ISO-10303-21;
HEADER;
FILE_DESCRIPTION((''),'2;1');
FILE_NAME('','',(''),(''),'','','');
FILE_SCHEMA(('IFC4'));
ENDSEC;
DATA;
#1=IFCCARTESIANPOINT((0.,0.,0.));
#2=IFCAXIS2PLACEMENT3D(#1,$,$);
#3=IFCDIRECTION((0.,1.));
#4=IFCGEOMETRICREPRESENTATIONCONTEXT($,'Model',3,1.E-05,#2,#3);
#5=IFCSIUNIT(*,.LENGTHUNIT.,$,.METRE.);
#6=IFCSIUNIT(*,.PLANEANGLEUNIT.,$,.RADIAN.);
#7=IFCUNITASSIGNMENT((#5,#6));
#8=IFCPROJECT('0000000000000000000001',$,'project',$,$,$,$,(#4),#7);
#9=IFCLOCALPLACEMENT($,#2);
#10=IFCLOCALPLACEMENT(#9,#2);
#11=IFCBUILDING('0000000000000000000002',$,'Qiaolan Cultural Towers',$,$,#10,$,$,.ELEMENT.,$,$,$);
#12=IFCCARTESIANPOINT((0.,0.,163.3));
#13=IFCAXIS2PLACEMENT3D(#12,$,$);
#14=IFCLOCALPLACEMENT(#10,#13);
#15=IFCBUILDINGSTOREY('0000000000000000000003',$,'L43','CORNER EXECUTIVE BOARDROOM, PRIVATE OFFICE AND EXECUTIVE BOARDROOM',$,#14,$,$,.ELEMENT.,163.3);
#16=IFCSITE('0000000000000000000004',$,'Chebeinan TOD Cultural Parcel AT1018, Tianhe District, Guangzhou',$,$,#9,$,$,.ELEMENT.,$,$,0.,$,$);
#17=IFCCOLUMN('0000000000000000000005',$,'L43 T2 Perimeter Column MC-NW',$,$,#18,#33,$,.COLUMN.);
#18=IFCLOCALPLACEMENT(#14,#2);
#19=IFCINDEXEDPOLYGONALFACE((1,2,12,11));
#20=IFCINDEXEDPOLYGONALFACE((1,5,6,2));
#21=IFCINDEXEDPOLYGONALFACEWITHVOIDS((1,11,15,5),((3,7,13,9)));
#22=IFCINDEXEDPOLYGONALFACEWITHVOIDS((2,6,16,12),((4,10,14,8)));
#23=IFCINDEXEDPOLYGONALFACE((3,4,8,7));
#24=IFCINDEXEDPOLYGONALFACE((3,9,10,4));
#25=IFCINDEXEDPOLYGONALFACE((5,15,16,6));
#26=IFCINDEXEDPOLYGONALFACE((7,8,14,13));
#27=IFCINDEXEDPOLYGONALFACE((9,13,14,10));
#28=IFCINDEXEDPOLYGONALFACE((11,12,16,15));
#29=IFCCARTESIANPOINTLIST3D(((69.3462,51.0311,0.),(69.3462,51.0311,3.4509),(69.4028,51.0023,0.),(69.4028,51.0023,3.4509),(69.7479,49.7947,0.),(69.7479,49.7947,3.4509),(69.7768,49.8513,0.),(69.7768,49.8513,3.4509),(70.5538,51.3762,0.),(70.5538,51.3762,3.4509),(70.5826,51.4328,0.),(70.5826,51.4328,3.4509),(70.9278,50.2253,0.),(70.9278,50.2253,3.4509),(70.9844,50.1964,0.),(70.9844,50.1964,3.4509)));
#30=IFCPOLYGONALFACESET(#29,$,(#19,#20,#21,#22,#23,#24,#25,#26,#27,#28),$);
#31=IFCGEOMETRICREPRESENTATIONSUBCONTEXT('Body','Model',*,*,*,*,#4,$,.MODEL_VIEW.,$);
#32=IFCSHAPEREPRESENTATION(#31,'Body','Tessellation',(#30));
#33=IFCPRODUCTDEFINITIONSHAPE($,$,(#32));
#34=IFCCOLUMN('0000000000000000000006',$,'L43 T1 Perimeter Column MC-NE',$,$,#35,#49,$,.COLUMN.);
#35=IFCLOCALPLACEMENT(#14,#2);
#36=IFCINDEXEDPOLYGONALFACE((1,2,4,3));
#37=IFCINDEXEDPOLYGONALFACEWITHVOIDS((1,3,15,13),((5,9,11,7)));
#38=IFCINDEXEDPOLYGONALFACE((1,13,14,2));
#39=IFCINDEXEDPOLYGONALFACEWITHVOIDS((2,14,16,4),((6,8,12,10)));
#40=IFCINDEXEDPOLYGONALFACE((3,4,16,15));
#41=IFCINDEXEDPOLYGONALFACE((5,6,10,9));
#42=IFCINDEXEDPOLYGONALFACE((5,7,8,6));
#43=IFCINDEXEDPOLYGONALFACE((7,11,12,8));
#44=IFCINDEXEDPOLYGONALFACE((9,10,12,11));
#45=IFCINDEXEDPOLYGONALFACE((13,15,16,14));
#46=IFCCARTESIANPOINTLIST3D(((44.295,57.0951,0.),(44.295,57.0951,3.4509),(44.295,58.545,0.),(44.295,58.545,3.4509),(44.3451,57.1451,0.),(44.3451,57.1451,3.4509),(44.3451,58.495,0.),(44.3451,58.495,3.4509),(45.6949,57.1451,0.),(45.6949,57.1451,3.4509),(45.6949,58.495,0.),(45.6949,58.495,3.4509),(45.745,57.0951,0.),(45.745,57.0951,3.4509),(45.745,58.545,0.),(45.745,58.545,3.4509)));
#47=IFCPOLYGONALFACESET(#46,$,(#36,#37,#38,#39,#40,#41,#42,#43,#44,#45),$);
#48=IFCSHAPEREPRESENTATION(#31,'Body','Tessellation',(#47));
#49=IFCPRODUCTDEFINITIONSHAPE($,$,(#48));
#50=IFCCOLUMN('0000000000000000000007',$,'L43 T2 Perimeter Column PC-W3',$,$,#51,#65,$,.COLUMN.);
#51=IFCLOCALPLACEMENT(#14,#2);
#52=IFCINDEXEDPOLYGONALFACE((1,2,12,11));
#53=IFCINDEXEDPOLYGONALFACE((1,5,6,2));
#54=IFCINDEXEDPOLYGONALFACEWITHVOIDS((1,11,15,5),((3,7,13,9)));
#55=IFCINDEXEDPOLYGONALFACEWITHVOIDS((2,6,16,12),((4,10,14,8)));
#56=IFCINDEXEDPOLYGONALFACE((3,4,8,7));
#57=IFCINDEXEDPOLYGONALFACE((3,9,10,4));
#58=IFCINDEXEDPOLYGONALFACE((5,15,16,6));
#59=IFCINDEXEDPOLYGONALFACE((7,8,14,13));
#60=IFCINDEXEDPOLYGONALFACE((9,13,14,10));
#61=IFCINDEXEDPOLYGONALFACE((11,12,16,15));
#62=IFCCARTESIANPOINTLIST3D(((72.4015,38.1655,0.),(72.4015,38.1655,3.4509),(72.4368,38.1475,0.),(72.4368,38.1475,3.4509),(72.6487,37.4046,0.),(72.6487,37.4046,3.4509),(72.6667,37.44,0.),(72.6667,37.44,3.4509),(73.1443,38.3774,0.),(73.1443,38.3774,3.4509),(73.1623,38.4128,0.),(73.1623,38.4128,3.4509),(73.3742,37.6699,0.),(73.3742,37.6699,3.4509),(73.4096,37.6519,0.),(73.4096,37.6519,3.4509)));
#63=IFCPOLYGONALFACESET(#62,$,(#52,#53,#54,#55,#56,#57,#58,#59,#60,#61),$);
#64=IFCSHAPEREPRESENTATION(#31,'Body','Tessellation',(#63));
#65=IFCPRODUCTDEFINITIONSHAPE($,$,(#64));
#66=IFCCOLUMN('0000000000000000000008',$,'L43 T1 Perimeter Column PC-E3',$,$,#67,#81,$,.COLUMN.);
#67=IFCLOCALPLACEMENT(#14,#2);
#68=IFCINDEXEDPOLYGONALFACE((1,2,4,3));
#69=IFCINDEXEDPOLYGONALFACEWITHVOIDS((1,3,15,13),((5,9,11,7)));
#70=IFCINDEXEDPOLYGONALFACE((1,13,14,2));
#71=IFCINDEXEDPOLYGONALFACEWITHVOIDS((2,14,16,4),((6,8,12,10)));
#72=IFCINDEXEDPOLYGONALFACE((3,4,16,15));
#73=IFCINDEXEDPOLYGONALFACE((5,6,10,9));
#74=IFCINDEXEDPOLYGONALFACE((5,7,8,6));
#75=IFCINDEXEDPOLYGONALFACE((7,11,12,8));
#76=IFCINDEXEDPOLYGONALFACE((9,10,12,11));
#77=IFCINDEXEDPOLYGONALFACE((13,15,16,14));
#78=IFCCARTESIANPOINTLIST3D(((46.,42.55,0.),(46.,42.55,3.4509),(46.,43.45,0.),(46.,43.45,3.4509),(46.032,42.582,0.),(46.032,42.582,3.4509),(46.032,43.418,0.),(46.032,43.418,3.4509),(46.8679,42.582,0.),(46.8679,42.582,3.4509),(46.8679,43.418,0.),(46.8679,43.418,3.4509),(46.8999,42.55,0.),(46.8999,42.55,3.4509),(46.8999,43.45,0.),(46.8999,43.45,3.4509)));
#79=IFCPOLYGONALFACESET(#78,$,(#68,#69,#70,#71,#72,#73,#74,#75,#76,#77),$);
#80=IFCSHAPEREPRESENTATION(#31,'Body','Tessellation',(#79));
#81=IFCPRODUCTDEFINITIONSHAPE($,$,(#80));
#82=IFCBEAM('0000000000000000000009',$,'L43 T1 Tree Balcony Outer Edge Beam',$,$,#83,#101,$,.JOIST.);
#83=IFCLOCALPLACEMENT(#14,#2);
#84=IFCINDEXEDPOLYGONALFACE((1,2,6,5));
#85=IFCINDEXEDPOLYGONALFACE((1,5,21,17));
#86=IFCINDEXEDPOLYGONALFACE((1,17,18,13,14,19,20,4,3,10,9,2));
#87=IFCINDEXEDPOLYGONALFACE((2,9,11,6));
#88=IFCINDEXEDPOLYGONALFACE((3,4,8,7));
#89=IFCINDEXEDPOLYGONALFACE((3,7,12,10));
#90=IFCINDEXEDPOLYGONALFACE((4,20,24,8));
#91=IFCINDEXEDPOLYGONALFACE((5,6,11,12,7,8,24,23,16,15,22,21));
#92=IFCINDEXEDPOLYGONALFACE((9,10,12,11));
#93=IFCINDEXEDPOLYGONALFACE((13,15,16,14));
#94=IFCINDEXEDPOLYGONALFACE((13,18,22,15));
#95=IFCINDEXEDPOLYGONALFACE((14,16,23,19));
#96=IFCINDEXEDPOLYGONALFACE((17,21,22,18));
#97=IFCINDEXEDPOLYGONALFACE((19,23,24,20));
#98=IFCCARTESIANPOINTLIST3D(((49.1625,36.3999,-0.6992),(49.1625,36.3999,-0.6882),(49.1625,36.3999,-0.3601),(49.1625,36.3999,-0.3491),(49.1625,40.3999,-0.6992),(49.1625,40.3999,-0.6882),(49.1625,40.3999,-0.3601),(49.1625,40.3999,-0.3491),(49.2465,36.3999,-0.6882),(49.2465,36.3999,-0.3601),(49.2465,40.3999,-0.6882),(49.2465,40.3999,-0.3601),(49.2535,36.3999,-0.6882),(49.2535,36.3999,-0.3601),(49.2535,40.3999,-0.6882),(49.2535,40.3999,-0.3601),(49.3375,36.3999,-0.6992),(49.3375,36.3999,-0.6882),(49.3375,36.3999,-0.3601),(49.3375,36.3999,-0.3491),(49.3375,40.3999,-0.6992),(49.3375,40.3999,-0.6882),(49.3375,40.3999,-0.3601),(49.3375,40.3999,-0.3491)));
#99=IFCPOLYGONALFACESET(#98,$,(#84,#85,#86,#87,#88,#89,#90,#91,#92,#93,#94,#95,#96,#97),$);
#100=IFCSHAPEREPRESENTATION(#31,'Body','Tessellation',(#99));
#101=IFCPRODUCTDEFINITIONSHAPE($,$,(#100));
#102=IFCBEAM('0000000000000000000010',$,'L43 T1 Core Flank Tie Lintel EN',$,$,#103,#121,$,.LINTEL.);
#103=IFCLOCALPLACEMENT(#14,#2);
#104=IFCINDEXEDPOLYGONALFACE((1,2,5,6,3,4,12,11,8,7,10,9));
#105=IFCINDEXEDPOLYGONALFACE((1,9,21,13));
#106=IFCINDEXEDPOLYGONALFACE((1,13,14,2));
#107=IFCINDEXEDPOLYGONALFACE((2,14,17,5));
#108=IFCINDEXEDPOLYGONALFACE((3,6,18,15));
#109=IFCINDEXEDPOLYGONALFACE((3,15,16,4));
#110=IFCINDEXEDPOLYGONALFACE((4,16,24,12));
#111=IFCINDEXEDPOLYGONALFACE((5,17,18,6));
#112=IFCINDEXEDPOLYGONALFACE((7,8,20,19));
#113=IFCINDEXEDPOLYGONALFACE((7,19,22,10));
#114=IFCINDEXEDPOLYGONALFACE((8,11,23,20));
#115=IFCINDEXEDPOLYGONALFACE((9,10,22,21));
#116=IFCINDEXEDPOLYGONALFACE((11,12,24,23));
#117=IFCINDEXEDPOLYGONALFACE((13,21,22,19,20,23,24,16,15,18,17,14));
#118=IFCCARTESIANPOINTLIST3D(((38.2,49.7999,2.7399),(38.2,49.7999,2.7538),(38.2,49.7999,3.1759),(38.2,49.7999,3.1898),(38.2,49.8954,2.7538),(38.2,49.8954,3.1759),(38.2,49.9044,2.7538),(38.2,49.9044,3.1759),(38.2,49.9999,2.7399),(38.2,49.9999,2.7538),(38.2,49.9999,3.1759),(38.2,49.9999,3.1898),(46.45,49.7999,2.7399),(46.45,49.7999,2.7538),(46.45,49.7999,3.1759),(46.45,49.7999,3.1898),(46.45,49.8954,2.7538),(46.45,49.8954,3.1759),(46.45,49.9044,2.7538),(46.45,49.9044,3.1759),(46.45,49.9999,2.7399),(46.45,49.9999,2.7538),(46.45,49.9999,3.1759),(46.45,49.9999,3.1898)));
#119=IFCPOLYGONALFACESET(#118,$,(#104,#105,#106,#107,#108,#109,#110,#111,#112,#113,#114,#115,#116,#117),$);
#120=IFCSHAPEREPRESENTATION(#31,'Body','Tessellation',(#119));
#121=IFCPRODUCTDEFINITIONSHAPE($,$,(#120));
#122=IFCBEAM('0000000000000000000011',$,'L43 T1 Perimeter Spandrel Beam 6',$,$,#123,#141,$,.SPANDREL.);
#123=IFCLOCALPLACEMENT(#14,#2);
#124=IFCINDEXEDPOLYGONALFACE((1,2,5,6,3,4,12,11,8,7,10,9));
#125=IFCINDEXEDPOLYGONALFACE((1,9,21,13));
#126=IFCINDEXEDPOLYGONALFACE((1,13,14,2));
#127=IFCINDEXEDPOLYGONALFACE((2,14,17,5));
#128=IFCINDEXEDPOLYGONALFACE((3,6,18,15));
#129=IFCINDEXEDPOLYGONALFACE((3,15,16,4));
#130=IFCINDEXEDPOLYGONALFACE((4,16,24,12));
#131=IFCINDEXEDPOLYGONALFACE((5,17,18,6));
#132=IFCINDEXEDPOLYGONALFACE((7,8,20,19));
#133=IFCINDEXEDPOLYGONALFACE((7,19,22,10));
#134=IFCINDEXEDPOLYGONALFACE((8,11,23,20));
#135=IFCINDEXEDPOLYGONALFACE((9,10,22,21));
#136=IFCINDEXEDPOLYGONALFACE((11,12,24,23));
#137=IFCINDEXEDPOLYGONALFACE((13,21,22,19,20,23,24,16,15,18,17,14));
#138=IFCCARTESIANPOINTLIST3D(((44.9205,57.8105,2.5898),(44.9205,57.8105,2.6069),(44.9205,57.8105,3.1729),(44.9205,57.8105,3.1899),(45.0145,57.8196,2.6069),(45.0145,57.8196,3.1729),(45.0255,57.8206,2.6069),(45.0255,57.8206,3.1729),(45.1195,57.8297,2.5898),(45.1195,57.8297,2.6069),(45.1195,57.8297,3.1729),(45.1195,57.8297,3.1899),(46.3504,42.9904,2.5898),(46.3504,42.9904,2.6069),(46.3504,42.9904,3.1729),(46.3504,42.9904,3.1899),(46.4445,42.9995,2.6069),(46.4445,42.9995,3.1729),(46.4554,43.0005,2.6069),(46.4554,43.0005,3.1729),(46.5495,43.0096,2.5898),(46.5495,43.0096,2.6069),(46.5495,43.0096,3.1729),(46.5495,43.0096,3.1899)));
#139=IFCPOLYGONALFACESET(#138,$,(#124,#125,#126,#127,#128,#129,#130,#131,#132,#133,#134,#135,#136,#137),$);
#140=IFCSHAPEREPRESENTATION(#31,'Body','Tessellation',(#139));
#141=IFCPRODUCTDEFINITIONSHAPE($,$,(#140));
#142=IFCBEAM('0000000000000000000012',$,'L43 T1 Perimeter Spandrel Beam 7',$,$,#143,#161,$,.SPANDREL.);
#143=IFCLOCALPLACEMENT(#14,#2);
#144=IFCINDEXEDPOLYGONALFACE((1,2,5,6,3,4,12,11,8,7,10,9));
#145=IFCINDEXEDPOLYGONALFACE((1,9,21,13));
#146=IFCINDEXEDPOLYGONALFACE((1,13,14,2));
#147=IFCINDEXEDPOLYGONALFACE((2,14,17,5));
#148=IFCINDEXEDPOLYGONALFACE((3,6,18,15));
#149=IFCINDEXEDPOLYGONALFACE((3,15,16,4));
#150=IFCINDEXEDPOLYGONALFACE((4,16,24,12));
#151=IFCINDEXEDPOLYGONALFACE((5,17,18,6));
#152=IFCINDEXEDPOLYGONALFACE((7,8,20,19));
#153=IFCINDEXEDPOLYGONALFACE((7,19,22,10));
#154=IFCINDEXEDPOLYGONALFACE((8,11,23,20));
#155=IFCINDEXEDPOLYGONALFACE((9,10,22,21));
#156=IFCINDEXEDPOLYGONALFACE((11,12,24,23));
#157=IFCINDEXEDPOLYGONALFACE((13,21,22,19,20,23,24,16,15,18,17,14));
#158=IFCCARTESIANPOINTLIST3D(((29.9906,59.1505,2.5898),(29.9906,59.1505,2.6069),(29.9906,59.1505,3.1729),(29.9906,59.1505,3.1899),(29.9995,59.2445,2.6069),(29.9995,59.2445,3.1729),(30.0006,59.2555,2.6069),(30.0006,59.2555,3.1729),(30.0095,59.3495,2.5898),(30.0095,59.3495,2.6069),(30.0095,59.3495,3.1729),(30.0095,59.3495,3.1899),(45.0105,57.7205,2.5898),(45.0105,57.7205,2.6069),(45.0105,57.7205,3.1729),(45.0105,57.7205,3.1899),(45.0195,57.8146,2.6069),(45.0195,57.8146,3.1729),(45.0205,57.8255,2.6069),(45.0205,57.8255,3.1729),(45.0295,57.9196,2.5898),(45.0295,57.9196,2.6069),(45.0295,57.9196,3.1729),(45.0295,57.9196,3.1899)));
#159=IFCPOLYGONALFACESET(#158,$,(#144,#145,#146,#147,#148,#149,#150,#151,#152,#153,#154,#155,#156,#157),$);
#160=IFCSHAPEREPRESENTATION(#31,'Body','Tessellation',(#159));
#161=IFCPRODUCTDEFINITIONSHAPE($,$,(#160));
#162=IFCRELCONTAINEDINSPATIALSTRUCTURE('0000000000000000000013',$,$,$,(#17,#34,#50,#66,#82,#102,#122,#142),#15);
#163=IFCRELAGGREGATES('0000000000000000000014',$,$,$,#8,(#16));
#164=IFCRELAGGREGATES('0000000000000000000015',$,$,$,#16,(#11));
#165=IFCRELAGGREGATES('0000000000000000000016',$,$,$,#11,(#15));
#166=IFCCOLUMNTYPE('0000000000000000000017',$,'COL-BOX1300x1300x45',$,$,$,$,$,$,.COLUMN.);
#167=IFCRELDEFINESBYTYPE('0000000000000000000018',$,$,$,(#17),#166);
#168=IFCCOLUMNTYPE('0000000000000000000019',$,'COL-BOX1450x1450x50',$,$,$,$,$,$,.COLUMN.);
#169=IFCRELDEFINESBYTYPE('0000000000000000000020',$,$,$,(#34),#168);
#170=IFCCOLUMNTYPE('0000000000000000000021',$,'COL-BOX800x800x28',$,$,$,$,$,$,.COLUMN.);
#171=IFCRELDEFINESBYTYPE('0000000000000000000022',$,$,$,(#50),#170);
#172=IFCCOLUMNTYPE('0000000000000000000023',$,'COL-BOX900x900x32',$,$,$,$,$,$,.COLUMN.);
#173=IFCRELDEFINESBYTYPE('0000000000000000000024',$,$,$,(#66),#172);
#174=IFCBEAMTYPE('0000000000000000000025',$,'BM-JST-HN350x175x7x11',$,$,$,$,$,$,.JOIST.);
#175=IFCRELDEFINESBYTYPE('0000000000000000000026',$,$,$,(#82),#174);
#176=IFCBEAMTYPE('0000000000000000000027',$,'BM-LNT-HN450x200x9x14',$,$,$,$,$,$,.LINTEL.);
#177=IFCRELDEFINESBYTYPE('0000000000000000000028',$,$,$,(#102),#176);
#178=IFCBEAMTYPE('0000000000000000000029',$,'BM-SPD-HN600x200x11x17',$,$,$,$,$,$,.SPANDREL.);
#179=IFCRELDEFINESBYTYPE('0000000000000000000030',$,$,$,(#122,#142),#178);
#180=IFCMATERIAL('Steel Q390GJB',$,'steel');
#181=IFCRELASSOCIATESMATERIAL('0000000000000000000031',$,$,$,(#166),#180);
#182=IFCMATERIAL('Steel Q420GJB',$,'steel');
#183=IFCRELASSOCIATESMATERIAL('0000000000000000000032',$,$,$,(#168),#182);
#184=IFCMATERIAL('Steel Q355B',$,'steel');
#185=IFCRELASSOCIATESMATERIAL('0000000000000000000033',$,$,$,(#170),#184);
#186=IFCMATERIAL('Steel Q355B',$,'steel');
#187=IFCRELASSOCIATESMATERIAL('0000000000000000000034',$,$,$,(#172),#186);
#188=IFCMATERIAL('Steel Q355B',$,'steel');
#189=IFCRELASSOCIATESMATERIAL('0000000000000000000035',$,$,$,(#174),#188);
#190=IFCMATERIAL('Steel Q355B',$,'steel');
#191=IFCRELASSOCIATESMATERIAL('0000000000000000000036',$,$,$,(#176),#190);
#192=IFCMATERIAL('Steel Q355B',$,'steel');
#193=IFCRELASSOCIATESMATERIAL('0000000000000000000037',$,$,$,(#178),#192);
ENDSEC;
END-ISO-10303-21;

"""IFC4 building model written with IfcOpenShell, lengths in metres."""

from ifc_helpers import new_model, si_unit, direction, frame, origin, origin_2d, place, context, subcontext, project, spatial, hollow_rectangle, i_section, extrude, material, material_profile, profile_set, type_object, element, save


model = new_model("IFC4")

# Units and contexts
model_context = context("Model", 3, precision=1e-05, world=origin(), true_north=direction((0.0, 1.0)))
body_context = subcontext(model_context, "Body", "Model", "MODEL_VIEW")
ifc_project = project(units=[si_unit("LENGTHUNIT", "METRE"), si_unit("PLANEANGLEUNIT", "RADIAN")], contexts=[model_context])

# Site, building, storey
site_placement = place(None, origin())
site = spatial("IfcSite", under=ifc_project, at=site_placement, Name="Chebeinan TOD Cultural Parcel AT1018, Tianhe District, Guangzhou", CompositionType="ELEMENT", RefElevation=0.0)
building_placement = place(site_placement, origin())
building = spatial("IfcBuilding", under=site, at=building_placement, Name="Qiaolan Cultural Towers", CompositionType="ELEMENT")
storey_placement = place(building_placement, frame((0.0, 0.0, 163.3)))
storey = spatial("IfcBuildingStorey", under=building, at=storey_placement, Name="L43", Description="CORNER EXECUTIVE BOARDROOM, PRIVATE OFFICE AND EXECUTIVE BOARDROOM", CompositionType="ELEMENT", Elevation=163.3)

# Columns
ifc_material_1 = material(Name="Steel Q390GJB", Category="steel")
ifc_material_profile_1 = material_profile(ifc_material_1, hollow_rectangle(XDim=1.3, YDim=1.3, WallThickness=0.0449, at=origin_2d()), Name="BOX1300x1300x45")
ifc_profile_set_1 = profile_set([ifc_material_profile_1], Name="Steel Q390GJB")
column_type_1 = type_object("IfcColumnType", Name="COL-BOX1300x1300x45", PredefinedType="COLUMN", material=ifc_profile_set_1)
column_1_placement = place(storey_placement, frame((70.1653, 50.6138, 0.0), z_axis=(0.0, 0.0, 1.0), x_axis=(0.951057, 0.309017, 0.0)))
element("IfcColumn", 1, at=column_1_placement, inside=storey, type_object=column_type_1, Name="L43 T2 Perimeter Column MC-NW", PredefinedType="COLUMN", context=body_context, shape_type="SweptSolid", body=[
    extrude(hollow_rectangle(XDim=1.3, YDim=1.3, WallThickness=0.0449, at=origin_2d()), origin(), (0.0, 0.0, 1.0), 3.4509),
])
ifc_material_2 = material(Name="Steel Q420GJB", Category="steel")
ifc_material_profile_2 = material_profile(ifc_material_2, hollow_rectangle(XDim=1.45, YDim=1.45, WallThickness=0.05, at=origin_2d()), Name="BOX1450x1450x50")
ifc_profile_set_2 = profile_set([ifc_material_profile_2], Name="Steel Q420GJB")
column_type_2 = type_object("IfcColumnType", Name="COL-BOX1450x1450x50", PredefinedType="COLUMN", material=ifc_profile_set_2)
column_2_placement = place(storey_placement, frame((45.02, 57.8201, 0.0), z_axis=(0.0, 0.0, 1.0), x_axis=(1.0, 0.0, 0.0)))
element("IfcColumn", 2, at=column_2_placement, inside=storey, type_object=column_type_2, Name="L43 T1 Perimeter Column MC-NE", PredefinedType="COLUMN", context=body_context, shape_type="SweptSolid", body=[
    extrude(hollow_rectangle(XDim=1.45, YDim=1.45, WallThickness=0.05, at=origin_2d()), origin(), (0.0, 0.0, 1.0), 3.4509),
])
ifc_material_3 = material(Name="Steel Q355B", Category="steel")
ifc_material_profile_3 = material_profile(ifc_material_3, hollow_rectangle(XDim=0.8, YDim=0.8, WallThickness=0.0281, at=origin_2d()), Name="BOX800x800x28")
ifc_profile_set_3 = profile_set([ifc_material_profile_3], Name="Steel Q355B")
column_type_3 = type_object("IfcColumnType", Name="COL-BOX800x800x28", PredefinedType="COLUMN", material=ifc_profile_set_3)
column_3_placement = place(storey_placement, frame((72.9055, 37.9087, 0.0), z_axis=(0.0, 0.0, 1.0), x_axis=(0.951057, 0.309017, 0.0)))
element("IfcColumn", 3, at=column_3_placement, inside=storey, type_object=column_type_3, Name="L43 T2 Perimeter Column PC-W3", PredefinedType="COLUMN", context=body_context, shape_type="SweptSolid", body=[
    extrude(hollow_rectangle(XDim=0.8, YDim=0.8, WallThickness=0.0281, at=origin_2d()), origin(), (0.0, 0.0, 1.0), 3.4509),
])
ifc_material_4 = material(Name="Steel Q355B", Category="steel")
ifc_material_profile_4 = material_profile(ifc_material_4, hollow_rectangle(XDim=0.8999, YDim=0.8999, WallThickness=0.032, at=origin_2d()), Name="BOX900x900x32")
ifc_profile_set_4 = profile_set([ifc_material_profile_4], Name="Steel Q355B")
column_type_4 = type_object("IfcColumnType", Name="COL-BOX900x900x32", PredefinedType="COLUMN", material=ifc_profile_set_4)
column_4_placement = place(storey_placement, frame((46.45, 43.0, 0.0), z_axis=(0.0, 0.0, 1.0), x_axis=(1.0, 0.0, 0.0)))
element("IfcColumn", 4, at=column_4_placement, inside=storey, type_object=column_type_4, Name="L43 T1 Perimeter Column PC-E3", PredefinedType="COLUMN", context=body_context, shape_type="SweptSolid", body=[
    extrude(hollow_rectangle(XDim=0.8999, YDim=0.8999, WallThickness=0.032, at=origin_2d()), origin(), (0.0, 0.0, 1.0), 3.4509),
])

# Beams
ifc_material_5 = material(Name="Steel Q355B", Category="steel")
ifc_material_profile_5 = material_profile(ifc_material_5, i_section(OverallWidth=0.175, OverallDepth=0.3501, WebThickness=0.0071, FlangeThickness=0.011, at=origin_2d()), Name="HN350x175x7x11")
ifc_profile_set_5 = profile_set([ifc_material_profile_5], Name="Steel Q355B")
beam_type_1 = type_object("IfcBeamType", Name="BM-JST-HN350x175x7x11", PredefinedType="JOIST", material=ifc_profile_set_5)
beam_1_placement = place(storey_placement, frame((49.25, 36.3999, -0.5242), z_axis=(0.0, 1.0, 0.0), x_axis=(-1.0, 0.0, 0.0)))
element("IfcBeam", 5, at=beam_1_placement, inside=storey, type_object=beam_type_1, Name="L43 T1 Tree Balcony Outer Edge Beam", PredefinedType="JOIST", context=body_context, shape_type="SweptSolid", body=[
    extrude(i_section(OverallWidth=0.175, OverallDepth=0.3501, WebThickness=0.0071, FlangeThickness=0.011, at=origin_2d()), origin(), (0.0, 0.0, 1.0), 4.0),
])
ifc_material_6 = material(Name="Steel Q355B", Category="steel")
ifc_material_profile_6 = material_profile(ifc_material_6, i_section(OverallWidth=0.2, OverallDepth=0.45, WebThickness=0.009, FlangeThickness=0.0139, at=origin_2d()), Name="HN450x200x9x14")
ifc_profile_set_6 = profile_set([ifc_material_profile_6], Name="Steel Q355B")
beam_type_2 = type_object("IfcBeamType", Name="BM-LNT-HN450x200x9x14", PredefinedType="LINTEL", material=ifc_profile_set_6)
beam_2_placement = place(storey_placement, frame((38.2, 49.8999, 2.9648), z_axis=(1.0, 0.0, 0.0), x_axis=(0.0, 1.0, 0.0)))
element("IfcBeam", 6, at=beam_2_placement, inside=storey, type_object=beam_type_2, Name="L43 T1 Core Flank Tie Lintel EN", PredefinedType="LINTEL", context=body_context, shape_type="SweptSolid", body=[
    extrude(i_section(OverallWidth=0.2, OverallDepth=0.45, WebThickness=0.009, FlangeThickness=0.0139, at=origin_2d()), origin(), (0.0, 0.0, 1.0), 8.25),
])
ifc_material_7 = material(Name="Steel Q355B", Category="steel")
ifc_material_profile_7 = material_profile(ifc_material_7, i_section(OverallWidth=0.2, OverallDepth=0.6001, WebThickness=0.011, FlangeThickness=0.0171, at=origin_2d()), Name="HN600x200x11x17")
ifc_profile_set_7 = profile_set([ifc_material_profile_7], Name="Steel Q355B")
beam_type_3 = type_object("IfcBeamType", Name="BM-SPD-HN600x200x11x17", PredefinedType="SPANDREL", material=ifc_profile_set_7)
beam_3_placement = place(storey_placement, frame((46.45, 43.0, 2.8899), z_axis=(-0.09604, 0.995377, 0.0), x_axis=(-0.995377, -0.09604, 0.0)))
element("IfcBeam", 7, at=beam_3_placement, inside=storey, type_object=beam_type_3, Name="L43 T1 Perimeter Spandrel Beam 6", PredefinedType="SPANDREL", context=body_context, shape_type="SweptSolid", body=[
    extrude(i_section(OverallWidth=0.2, OverallDepth=0.6001, WebThickness=0.011, FlangeThickness=0.0171, at=origin_2d()), origin(), (0.0, 0.0, 1.0), 14.8889),
])
beam_4_placement = place(storey_placement, frame((45.02, 57.8201, 2.8899), z_axis=(-0.995499, 0.094773, 0.0), x_axis=(-0.094773, -0.995499, 0.0)))
element("IfcBeam", 8, at=beam_4_placement, inside=storey, type_object=beam_type_3, Name="L43 T1 Perimeter Spandrel Beam 7", PredefinedType="SPANDREL", context=body_context, shape_type="SweptSolid", body=[
    extrude(i_section(OverallWidth=0.2, OverallDepth=0.6001, WebThickness=0.011, FlangeThickness=0.0171, at=origin_2d()), origin(), (0.0, 0.0, 1.0), 15.0879),
])

save(model, "model.ifc")
